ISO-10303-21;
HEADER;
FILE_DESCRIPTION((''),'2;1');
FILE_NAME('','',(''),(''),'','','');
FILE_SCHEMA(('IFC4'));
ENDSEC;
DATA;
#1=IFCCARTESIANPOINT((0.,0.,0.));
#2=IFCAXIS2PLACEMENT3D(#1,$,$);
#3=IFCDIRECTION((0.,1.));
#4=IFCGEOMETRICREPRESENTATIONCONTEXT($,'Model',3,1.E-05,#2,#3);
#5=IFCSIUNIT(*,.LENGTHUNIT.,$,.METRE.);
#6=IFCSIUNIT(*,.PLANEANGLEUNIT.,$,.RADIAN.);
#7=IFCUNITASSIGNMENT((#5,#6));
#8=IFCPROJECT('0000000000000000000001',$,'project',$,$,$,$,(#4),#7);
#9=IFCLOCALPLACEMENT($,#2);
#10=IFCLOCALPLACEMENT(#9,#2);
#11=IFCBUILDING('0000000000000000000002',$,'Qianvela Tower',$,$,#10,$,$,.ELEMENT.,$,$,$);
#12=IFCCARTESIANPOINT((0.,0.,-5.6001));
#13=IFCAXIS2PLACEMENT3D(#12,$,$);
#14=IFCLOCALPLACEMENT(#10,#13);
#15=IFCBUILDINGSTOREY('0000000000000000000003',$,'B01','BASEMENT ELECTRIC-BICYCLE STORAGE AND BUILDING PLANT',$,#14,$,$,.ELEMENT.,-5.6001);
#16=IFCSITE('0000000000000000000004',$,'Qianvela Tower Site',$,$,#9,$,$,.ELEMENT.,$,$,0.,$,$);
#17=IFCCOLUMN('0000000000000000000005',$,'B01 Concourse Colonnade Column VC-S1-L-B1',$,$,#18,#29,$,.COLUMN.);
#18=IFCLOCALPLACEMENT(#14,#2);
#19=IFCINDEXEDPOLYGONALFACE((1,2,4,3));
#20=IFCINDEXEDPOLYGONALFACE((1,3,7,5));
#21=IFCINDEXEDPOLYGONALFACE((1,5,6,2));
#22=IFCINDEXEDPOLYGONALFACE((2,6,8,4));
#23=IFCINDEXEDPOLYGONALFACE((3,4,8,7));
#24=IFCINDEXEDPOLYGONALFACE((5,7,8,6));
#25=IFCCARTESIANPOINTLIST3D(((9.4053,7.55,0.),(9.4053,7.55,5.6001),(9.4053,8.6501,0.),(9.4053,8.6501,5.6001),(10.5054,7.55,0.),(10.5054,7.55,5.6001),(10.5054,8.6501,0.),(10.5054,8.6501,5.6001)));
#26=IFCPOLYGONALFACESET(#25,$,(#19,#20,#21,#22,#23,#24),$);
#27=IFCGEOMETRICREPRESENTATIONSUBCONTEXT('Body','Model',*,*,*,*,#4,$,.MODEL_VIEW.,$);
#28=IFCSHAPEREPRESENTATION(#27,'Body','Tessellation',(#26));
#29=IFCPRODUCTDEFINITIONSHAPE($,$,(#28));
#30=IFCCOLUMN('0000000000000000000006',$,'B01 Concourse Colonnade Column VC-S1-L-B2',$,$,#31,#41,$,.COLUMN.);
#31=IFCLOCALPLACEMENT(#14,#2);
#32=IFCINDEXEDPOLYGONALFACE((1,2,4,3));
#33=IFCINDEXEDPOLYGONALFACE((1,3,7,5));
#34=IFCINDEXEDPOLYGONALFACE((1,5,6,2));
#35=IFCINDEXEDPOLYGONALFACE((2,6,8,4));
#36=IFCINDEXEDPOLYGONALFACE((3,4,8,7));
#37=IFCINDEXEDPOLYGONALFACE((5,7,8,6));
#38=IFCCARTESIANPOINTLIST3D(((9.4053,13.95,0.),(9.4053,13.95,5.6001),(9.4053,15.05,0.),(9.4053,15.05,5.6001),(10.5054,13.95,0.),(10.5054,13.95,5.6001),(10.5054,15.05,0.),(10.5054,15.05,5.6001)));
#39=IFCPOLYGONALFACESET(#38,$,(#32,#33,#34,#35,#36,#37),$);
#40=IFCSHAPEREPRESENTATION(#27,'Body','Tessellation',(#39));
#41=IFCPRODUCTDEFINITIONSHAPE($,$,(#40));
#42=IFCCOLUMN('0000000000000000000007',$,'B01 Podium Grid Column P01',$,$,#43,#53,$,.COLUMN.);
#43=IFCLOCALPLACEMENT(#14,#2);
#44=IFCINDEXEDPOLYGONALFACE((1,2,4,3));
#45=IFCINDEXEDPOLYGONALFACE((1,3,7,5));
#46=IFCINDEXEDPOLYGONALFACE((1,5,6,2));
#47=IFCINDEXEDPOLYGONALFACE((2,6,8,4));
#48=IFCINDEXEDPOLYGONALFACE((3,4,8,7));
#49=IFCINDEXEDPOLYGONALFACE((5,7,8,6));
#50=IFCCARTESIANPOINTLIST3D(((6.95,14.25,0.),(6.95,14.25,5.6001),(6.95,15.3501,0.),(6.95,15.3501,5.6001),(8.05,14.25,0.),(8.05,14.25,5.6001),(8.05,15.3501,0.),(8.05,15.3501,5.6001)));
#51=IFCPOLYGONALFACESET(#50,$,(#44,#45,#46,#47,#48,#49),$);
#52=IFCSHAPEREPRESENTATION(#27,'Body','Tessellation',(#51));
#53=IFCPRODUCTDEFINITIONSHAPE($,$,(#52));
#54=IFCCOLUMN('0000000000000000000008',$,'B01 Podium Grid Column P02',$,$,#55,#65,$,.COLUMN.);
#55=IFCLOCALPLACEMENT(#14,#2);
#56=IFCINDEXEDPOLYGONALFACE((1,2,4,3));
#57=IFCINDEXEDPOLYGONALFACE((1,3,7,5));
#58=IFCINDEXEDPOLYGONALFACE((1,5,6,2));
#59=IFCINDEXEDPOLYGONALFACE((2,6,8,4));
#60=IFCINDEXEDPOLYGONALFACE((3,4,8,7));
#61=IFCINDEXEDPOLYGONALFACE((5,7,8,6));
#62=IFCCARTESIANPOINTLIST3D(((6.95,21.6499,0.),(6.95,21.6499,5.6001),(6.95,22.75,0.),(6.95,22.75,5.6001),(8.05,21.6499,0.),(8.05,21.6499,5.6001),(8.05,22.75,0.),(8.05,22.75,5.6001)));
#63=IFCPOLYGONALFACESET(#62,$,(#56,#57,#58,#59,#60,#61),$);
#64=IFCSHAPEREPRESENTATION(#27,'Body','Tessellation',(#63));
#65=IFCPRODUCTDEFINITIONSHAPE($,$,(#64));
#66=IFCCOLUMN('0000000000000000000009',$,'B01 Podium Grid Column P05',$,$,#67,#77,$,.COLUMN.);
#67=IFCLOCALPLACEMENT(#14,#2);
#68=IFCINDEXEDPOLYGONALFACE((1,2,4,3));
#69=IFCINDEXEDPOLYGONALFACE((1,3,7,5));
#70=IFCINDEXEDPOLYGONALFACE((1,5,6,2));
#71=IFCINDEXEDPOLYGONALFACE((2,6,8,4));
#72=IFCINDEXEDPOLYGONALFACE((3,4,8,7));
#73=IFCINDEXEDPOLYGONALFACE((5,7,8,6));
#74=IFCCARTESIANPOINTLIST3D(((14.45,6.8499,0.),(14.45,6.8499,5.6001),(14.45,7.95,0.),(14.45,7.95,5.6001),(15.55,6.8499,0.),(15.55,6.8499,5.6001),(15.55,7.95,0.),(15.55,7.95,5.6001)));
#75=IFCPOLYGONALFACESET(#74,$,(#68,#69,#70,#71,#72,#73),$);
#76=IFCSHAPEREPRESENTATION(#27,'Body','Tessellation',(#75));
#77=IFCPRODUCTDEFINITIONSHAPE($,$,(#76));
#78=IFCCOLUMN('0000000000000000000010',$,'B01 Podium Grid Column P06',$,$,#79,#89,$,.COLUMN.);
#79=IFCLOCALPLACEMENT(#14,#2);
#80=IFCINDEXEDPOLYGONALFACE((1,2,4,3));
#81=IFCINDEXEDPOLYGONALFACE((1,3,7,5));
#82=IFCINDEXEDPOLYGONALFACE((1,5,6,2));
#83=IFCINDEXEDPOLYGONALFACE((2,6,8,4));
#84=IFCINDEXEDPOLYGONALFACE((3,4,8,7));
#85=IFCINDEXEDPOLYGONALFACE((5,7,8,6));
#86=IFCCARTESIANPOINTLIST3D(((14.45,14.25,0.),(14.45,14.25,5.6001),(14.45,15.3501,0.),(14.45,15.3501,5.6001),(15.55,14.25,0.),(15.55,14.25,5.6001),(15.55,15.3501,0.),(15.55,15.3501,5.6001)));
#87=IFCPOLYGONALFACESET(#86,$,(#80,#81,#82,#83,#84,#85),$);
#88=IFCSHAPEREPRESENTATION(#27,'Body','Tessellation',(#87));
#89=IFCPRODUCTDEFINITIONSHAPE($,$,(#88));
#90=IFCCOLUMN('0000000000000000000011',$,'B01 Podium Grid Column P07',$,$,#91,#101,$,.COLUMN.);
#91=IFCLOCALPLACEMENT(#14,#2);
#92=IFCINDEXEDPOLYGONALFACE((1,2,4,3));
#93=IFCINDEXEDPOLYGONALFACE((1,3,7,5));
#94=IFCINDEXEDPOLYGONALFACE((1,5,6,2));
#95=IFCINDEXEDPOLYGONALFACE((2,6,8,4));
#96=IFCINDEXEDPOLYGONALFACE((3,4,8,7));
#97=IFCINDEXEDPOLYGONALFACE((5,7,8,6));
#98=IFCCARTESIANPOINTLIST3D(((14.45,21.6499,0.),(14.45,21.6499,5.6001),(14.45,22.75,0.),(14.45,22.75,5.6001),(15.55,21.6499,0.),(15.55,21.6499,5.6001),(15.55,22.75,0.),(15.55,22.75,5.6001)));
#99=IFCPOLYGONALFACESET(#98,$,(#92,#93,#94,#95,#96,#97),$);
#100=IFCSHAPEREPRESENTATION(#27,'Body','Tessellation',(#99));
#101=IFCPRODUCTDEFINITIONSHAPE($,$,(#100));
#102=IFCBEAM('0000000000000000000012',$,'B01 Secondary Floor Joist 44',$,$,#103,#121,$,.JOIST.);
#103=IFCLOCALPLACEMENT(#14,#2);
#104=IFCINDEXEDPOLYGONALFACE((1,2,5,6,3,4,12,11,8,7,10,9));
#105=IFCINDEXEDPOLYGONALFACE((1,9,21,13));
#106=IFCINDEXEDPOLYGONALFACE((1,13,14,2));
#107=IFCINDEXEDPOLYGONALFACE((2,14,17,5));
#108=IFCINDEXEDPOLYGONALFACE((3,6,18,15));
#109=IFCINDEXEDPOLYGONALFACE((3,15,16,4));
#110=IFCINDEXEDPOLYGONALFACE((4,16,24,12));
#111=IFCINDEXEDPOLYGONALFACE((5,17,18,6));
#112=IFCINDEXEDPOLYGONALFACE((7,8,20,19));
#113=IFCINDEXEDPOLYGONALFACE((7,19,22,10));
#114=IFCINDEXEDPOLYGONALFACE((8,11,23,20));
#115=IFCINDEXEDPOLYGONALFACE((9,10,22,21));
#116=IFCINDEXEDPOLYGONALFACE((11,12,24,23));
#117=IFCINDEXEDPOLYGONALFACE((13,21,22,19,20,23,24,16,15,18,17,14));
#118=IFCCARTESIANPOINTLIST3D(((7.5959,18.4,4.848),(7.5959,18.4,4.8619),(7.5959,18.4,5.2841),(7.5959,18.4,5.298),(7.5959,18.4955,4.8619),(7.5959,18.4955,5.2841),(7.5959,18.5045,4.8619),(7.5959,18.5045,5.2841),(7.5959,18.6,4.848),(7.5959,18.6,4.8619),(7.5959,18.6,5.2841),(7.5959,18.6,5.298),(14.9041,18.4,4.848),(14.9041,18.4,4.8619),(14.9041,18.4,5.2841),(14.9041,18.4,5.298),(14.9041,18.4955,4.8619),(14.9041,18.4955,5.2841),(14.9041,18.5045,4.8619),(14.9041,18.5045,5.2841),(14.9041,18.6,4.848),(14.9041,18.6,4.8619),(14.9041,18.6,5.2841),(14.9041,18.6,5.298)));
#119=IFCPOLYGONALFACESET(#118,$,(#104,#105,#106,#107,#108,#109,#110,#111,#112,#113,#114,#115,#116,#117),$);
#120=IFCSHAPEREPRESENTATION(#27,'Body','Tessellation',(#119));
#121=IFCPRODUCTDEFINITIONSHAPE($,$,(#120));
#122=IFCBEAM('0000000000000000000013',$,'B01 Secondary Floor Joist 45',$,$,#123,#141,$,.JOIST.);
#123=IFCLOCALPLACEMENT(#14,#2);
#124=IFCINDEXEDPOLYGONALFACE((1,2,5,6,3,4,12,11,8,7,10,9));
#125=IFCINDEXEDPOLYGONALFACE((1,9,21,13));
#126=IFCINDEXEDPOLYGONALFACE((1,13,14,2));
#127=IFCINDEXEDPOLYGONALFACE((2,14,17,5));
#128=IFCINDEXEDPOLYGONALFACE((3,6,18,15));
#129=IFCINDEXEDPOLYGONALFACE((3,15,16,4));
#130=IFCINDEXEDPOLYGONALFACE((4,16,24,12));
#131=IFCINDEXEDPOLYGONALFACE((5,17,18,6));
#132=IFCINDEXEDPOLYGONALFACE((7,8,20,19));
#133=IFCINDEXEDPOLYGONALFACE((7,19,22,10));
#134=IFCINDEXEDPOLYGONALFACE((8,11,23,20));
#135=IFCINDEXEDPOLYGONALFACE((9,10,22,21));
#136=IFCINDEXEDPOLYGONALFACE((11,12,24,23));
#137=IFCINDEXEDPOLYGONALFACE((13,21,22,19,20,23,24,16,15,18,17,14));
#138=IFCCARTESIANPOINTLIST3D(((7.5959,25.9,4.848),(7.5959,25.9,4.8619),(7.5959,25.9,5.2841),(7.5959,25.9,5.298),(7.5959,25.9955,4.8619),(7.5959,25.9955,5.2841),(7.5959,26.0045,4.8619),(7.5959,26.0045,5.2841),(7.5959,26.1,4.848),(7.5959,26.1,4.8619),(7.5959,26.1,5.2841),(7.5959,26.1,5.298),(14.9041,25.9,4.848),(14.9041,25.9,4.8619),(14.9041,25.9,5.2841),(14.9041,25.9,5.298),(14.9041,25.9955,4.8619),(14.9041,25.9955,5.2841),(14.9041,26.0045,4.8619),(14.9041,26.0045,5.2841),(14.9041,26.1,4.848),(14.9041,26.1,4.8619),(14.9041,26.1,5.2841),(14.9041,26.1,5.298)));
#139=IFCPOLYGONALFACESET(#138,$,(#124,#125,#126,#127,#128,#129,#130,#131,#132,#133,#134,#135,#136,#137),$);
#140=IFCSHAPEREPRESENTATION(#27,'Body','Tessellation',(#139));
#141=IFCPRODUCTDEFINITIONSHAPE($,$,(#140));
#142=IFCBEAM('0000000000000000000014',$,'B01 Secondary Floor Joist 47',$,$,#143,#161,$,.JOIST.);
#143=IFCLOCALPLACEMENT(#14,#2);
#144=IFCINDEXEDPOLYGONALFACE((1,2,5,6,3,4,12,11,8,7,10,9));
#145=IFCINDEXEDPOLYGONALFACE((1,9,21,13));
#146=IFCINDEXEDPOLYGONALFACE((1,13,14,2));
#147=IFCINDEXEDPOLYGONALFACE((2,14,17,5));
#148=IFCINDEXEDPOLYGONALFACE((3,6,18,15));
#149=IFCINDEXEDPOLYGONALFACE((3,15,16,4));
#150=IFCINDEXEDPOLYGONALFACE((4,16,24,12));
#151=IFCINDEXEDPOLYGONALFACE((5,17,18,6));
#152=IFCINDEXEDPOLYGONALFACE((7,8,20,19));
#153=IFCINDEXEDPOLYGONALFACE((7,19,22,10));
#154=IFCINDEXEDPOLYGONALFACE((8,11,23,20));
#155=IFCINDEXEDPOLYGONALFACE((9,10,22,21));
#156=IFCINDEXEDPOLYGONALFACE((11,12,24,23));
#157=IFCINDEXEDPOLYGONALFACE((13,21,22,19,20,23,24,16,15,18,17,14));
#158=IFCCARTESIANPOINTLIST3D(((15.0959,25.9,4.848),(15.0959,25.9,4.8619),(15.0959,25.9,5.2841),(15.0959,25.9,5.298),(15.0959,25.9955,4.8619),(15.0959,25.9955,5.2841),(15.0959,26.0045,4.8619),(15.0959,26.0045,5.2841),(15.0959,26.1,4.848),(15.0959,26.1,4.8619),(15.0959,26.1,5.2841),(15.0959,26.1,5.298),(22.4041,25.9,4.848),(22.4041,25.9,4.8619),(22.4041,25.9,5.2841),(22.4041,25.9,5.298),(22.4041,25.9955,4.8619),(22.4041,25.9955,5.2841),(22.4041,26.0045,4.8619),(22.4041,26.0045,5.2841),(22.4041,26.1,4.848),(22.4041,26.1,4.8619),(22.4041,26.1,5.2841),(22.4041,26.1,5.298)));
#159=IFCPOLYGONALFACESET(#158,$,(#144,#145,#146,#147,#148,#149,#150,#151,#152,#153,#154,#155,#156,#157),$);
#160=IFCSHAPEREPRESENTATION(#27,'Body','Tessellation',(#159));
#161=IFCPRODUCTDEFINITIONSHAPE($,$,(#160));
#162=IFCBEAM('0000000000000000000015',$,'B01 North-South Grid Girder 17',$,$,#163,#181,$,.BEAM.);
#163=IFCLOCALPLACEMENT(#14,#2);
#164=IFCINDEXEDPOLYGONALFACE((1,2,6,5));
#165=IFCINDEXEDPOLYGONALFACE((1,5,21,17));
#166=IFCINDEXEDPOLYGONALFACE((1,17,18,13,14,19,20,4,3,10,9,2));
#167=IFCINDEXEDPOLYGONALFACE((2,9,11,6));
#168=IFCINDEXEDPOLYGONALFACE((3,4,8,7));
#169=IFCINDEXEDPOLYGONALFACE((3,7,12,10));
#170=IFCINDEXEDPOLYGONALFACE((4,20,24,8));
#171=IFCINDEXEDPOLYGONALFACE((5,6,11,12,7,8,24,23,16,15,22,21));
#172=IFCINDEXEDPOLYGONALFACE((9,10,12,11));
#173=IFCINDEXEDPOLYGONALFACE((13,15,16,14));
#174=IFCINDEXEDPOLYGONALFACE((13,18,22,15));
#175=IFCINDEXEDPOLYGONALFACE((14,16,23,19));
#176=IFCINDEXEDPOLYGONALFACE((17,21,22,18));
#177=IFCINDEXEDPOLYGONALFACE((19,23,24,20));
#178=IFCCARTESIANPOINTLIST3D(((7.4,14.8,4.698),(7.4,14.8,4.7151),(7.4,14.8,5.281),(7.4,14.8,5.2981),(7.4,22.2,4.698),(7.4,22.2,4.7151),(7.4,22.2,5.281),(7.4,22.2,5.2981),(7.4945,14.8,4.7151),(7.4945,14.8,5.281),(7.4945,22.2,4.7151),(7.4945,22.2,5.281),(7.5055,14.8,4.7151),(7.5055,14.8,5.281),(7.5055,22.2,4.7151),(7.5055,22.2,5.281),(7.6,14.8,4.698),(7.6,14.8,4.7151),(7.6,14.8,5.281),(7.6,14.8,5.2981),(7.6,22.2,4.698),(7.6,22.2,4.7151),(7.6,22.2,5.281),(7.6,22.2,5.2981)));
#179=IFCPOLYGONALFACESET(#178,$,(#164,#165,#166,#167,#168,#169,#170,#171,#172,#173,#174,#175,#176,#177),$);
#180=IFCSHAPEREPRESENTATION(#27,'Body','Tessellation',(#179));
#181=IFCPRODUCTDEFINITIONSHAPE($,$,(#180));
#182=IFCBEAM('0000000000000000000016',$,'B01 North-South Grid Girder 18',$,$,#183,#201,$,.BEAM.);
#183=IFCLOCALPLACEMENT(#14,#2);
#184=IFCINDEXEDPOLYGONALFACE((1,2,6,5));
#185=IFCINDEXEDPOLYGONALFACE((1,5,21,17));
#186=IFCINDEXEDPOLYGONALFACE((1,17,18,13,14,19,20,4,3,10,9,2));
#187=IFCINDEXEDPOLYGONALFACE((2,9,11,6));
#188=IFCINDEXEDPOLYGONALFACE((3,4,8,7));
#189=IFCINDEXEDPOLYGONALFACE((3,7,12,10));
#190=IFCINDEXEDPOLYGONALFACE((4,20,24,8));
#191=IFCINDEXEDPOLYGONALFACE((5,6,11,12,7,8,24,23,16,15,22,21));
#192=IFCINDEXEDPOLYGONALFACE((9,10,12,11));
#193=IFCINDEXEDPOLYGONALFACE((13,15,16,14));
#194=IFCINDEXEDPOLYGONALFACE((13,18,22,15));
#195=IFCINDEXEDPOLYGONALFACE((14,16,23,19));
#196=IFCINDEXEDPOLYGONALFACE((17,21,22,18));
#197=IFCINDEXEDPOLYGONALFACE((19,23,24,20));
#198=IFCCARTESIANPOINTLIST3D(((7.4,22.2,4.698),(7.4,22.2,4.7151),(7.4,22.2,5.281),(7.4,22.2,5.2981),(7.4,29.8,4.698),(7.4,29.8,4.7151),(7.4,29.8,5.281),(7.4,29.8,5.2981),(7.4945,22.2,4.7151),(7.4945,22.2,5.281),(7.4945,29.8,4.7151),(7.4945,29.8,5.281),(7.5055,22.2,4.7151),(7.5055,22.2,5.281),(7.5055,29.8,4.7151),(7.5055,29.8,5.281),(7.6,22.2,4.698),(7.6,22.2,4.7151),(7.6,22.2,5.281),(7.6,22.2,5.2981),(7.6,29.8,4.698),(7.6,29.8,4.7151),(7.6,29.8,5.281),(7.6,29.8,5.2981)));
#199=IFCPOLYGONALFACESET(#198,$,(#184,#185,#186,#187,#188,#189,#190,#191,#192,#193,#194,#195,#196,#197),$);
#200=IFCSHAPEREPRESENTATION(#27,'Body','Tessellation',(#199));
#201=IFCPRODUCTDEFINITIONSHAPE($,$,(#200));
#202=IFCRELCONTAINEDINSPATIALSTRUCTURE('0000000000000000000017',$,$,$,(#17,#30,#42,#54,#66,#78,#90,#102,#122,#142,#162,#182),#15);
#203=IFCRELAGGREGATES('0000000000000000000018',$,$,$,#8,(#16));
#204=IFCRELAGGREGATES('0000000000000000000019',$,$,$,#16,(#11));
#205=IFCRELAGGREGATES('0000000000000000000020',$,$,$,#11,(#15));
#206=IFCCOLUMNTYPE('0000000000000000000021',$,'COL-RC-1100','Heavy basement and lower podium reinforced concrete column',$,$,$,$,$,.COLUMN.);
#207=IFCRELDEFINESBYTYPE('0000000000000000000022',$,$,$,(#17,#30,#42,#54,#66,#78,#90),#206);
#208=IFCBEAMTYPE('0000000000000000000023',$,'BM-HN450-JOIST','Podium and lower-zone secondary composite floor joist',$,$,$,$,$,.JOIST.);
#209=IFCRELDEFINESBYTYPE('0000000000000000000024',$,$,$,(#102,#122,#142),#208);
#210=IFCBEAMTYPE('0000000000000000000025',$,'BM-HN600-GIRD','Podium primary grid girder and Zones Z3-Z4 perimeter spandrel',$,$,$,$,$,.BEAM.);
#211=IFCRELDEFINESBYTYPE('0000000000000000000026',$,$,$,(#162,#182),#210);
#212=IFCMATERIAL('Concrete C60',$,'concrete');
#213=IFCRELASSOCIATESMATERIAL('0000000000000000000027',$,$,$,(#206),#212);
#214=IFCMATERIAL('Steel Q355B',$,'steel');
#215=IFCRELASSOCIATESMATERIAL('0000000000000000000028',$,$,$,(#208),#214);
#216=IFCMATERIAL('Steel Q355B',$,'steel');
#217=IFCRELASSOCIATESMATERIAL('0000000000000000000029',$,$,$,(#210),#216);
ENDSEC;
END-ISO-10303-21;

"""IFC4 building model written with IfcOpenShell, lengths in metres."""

from ifc_helpers import new_model, si_unit, direction, frame, origin, origin_2d, place, context, subcontext, project, spatial, rectangle, i_section, extrude, material, material_profile, profile_set, type_object, element, save


model = new_model("IFC4")

# Units and contexts
model_context = context("Model", 3, precision=1e-05, world=origin(), true_north=direction((0.0, 1.0)))
body_context = subcontext(model_context, "Body", "Model", "MODEL_VIEW")
ifc_project = project(units=[si_unit("LENGTHUNIT", "METRE"), si_unit("PLANEANGLEUNIT", "RADIAN")], contexts=[model_context])

# Site, building, storey
site_placement = place(None, origin())
site = spatial("IfcSite", under=ifc_project, at=site_placement, Name="Qianvela Tower Site", CompositionType="ELEMENT", RefElevation=0.0)
building_placement = place(site_placement, origin())
building = spatial("IfcBuilding", under=site, at=building_placement, Name="Qianvela Tower", CompositionType="ELEMENT")
storey_placement = place(building_placement, frame((0.0, 0.0, -5.6001)))
storey = spatial("IfcBuildingStorey", under=building, at=storey_placement, Name="B01", Description="BASEMENT ELECTRIC-BICYCLE STORAGE AND BUILDING PLANT", CompositionType="ELEMENT", Elevation=-5.6001)

# Columns
ifc_material_1 = material(Name="Concrete C60", Category="concrete")
ifc_material_profile_1 = material_profile(ifc_material_1, rectangle(XDim=1.1001, YDim=1.1001, at=origin_2d()), Name="RC-COL-1100x1100")
ifc_profile_set_1 = profile_set([ifc_material_profile_1], Name="Concrete C60")
column_type = type_object("IfcColumnType", Name="COL-RC-1100", Description="Heavy basement and lower podium reinforced concrete column", PredefinedType="COLUMN", material=ifc_profile_set_1)
for number, where, z_axis, x_axis, name in (
    (1, (9.9553, 8.1001, 0.0), (0.0, 0.0, 1.0), (1.0, 0.0, 0.0), "B01 Concourse Colonnade Column VC-S1-L-B1"),
    (2, (9.9553, 14.5, 0.0), (0.0, 0.0, 1.0), (1.0, 0.0, 0.0), "B01 Concourse Colonnade Column VC-S1-L-B2"),
    (3, (7.5, 14.8, 0.0), (0.0, 0.0, 1.0), (1.0, 0.0, 0.0), "B01 Podium Grid Column P01"),
    (4, (7.5, 22.2, 0.0), (0.0, 0.0, 1.0), (1.0, 0.0, 0.0), "B01 Podium Grid Column P02"),
    (5, (15.0, 7.3999, 0.0), (0.0, 0.0, 1.0), (1.0, 0.0, 0.0), "B01 Podium Grid Column P05"),
    (6, (15.0, 14.8, 0.0), (0.0, 0.0, 1.0), (1.0, 0.0, 0.0), "B01 Podium Grid Column P06"),
    (7, (15.0, 22.2, 0.0), (0.0, 0.0, 1.0), (1.0, 0.0, 0.0), "B01 Podium Grid Column P07"),
):
    element("IfcColumn", number, at=place(storey_placement, frame(where, z_axis=z_axis, x_axis=x_axis)), inside=storey, type_object=column_type, Name=name, PredefinedType="COLUMN", context=body_context, shape_type="SweptSolid", body=[
        extrude(rectangle(XDim=1.1001, YDim=1.1001, at=origin_2d()), origin(), (0.0, 0.0, 1.0), 5.6001),
    ])

# Beams
ifc_material_2 = material(Name="Steel Q355B", Category="steel")
ifc_material_profile_2 = material_profile(ifc_material_2, i_section(OverallWidth=0.2, OverallDepth=0.45, WebThickness=0.009, FlangeThickness=0.0139, at=origin_2d()), Name="HN450x200x9x14")
ifc_profile_set_2 = profile_set([ifc_material_profile_2], Name="Steel Q355B")
beam_type_1 = type_object("IfcBeamType", Name="BM-HN450-JOIST", Description="Podium and lower-zone secondary composite floor joist", PredefinedType="JOIST", material=ifc_profile_set_2)
for number, where, z_axis, x_axis, name in (
    (8, (7.5959, 18.5, 5.073), (1.0, 0.0, 0.0), (0.0, 1.0, 0.0), "B01 Secondary Floor Joist 44"),
    (9, (7.5959, 26.0, 5.073), (1.0, 0.0, 0.0), (0.0, 1.0, 0.0), "B01 Secondary Floor Joist 45"),
    (10, (15.0959, 26.0, 5.073), (1.0, 0.0, 0.0), (0.0, 1.0, 0.0), "B01 Secondary Floor Joist 47"),
):
    element("IfcBeam", number, at=place(storey_placement, frame(where, z_axis=z_axis, x_axis=x_axis)), inside=storey, type_object=beam_type_1, Name=name, PredefinedType="JOIST", context=body_context, shape_type="SweptSolid", body=[
        extrude(i_section(OverallWidth=0.2, OverallDepth=0.45, WebThickness=0.009, FlangeThickness=0.0139, at=origin_2d()), origin(), (0.0, 0.0, 1.0), 7.3081),
    ])
ifc_material_3 = material(Name="Steel Q355B", Category="steel")
ifc_material_profile_3 = material_profile(ifc_material_3, i_section(OverallWidth=0.2, OverallDepth=0.6001, WebThickness=0.011, FlangeThickness=0.0171, at=origin_2d()), Name="HN600x200x11x17")
ifc_profile_set_3 = profile_set([ifc_material_profile_3], Name="Steel Q355B")
beam_type_2 = type_object("IfcBeamType", Name="BM-HN600-GIRD", Description="Podium primary grid girder and Zones Z3-Z4 perimeter spandrel", PredefinedType="BEAM", material=ifc_profile_set_3)
beam_1_placement = place(storey_placement, frame((7.5, 14.8, 4.998), z_axis=(0.0, 1.0, 0.0), x_axis=(-1.0, 0.0, 0.0)))
element("IfcBeam", 11, at=beam_1_placement, inside=storey, type_object=beam_type_2, Name="B01 North-South Grid Girder 17", PredefinedType="BEAM", context=body_context, shape_type="SweptSolid", body=[
    extrude(i_section(OverallWidth=0.2, OverallDepth=0.6001, WebThickness=0.011, FlangeThickness=0.0171, at=origin_2d()), origin(), (0.0, 0.0, 1.0), 7.3999),
])
beam_2_placement = place(storey_placement, frame((7.5, 22.2, 4.998), z_axis=(0.0, 1.0, 0.0), x_axis=(-1.0, 0.0, 0.0)))
element("IfcBeam", 12, at=beam_2_placement, inside=storey, type_object=beam_type_2, Name="B01 North-South Grid Girder 18", PredefinedType="BEAM", context=body_context, shape_type="SweptSolid", body=[
    extrude(i_section(OverallWidth=0.2, OverallDepth=0.6001, WebThickness=0.011, FlangeThickness=0.0171, at=origin_2d()), origin(), (0.0, 0.0, 1.0), 7.6001),
])

save(model, "model.ifc")
